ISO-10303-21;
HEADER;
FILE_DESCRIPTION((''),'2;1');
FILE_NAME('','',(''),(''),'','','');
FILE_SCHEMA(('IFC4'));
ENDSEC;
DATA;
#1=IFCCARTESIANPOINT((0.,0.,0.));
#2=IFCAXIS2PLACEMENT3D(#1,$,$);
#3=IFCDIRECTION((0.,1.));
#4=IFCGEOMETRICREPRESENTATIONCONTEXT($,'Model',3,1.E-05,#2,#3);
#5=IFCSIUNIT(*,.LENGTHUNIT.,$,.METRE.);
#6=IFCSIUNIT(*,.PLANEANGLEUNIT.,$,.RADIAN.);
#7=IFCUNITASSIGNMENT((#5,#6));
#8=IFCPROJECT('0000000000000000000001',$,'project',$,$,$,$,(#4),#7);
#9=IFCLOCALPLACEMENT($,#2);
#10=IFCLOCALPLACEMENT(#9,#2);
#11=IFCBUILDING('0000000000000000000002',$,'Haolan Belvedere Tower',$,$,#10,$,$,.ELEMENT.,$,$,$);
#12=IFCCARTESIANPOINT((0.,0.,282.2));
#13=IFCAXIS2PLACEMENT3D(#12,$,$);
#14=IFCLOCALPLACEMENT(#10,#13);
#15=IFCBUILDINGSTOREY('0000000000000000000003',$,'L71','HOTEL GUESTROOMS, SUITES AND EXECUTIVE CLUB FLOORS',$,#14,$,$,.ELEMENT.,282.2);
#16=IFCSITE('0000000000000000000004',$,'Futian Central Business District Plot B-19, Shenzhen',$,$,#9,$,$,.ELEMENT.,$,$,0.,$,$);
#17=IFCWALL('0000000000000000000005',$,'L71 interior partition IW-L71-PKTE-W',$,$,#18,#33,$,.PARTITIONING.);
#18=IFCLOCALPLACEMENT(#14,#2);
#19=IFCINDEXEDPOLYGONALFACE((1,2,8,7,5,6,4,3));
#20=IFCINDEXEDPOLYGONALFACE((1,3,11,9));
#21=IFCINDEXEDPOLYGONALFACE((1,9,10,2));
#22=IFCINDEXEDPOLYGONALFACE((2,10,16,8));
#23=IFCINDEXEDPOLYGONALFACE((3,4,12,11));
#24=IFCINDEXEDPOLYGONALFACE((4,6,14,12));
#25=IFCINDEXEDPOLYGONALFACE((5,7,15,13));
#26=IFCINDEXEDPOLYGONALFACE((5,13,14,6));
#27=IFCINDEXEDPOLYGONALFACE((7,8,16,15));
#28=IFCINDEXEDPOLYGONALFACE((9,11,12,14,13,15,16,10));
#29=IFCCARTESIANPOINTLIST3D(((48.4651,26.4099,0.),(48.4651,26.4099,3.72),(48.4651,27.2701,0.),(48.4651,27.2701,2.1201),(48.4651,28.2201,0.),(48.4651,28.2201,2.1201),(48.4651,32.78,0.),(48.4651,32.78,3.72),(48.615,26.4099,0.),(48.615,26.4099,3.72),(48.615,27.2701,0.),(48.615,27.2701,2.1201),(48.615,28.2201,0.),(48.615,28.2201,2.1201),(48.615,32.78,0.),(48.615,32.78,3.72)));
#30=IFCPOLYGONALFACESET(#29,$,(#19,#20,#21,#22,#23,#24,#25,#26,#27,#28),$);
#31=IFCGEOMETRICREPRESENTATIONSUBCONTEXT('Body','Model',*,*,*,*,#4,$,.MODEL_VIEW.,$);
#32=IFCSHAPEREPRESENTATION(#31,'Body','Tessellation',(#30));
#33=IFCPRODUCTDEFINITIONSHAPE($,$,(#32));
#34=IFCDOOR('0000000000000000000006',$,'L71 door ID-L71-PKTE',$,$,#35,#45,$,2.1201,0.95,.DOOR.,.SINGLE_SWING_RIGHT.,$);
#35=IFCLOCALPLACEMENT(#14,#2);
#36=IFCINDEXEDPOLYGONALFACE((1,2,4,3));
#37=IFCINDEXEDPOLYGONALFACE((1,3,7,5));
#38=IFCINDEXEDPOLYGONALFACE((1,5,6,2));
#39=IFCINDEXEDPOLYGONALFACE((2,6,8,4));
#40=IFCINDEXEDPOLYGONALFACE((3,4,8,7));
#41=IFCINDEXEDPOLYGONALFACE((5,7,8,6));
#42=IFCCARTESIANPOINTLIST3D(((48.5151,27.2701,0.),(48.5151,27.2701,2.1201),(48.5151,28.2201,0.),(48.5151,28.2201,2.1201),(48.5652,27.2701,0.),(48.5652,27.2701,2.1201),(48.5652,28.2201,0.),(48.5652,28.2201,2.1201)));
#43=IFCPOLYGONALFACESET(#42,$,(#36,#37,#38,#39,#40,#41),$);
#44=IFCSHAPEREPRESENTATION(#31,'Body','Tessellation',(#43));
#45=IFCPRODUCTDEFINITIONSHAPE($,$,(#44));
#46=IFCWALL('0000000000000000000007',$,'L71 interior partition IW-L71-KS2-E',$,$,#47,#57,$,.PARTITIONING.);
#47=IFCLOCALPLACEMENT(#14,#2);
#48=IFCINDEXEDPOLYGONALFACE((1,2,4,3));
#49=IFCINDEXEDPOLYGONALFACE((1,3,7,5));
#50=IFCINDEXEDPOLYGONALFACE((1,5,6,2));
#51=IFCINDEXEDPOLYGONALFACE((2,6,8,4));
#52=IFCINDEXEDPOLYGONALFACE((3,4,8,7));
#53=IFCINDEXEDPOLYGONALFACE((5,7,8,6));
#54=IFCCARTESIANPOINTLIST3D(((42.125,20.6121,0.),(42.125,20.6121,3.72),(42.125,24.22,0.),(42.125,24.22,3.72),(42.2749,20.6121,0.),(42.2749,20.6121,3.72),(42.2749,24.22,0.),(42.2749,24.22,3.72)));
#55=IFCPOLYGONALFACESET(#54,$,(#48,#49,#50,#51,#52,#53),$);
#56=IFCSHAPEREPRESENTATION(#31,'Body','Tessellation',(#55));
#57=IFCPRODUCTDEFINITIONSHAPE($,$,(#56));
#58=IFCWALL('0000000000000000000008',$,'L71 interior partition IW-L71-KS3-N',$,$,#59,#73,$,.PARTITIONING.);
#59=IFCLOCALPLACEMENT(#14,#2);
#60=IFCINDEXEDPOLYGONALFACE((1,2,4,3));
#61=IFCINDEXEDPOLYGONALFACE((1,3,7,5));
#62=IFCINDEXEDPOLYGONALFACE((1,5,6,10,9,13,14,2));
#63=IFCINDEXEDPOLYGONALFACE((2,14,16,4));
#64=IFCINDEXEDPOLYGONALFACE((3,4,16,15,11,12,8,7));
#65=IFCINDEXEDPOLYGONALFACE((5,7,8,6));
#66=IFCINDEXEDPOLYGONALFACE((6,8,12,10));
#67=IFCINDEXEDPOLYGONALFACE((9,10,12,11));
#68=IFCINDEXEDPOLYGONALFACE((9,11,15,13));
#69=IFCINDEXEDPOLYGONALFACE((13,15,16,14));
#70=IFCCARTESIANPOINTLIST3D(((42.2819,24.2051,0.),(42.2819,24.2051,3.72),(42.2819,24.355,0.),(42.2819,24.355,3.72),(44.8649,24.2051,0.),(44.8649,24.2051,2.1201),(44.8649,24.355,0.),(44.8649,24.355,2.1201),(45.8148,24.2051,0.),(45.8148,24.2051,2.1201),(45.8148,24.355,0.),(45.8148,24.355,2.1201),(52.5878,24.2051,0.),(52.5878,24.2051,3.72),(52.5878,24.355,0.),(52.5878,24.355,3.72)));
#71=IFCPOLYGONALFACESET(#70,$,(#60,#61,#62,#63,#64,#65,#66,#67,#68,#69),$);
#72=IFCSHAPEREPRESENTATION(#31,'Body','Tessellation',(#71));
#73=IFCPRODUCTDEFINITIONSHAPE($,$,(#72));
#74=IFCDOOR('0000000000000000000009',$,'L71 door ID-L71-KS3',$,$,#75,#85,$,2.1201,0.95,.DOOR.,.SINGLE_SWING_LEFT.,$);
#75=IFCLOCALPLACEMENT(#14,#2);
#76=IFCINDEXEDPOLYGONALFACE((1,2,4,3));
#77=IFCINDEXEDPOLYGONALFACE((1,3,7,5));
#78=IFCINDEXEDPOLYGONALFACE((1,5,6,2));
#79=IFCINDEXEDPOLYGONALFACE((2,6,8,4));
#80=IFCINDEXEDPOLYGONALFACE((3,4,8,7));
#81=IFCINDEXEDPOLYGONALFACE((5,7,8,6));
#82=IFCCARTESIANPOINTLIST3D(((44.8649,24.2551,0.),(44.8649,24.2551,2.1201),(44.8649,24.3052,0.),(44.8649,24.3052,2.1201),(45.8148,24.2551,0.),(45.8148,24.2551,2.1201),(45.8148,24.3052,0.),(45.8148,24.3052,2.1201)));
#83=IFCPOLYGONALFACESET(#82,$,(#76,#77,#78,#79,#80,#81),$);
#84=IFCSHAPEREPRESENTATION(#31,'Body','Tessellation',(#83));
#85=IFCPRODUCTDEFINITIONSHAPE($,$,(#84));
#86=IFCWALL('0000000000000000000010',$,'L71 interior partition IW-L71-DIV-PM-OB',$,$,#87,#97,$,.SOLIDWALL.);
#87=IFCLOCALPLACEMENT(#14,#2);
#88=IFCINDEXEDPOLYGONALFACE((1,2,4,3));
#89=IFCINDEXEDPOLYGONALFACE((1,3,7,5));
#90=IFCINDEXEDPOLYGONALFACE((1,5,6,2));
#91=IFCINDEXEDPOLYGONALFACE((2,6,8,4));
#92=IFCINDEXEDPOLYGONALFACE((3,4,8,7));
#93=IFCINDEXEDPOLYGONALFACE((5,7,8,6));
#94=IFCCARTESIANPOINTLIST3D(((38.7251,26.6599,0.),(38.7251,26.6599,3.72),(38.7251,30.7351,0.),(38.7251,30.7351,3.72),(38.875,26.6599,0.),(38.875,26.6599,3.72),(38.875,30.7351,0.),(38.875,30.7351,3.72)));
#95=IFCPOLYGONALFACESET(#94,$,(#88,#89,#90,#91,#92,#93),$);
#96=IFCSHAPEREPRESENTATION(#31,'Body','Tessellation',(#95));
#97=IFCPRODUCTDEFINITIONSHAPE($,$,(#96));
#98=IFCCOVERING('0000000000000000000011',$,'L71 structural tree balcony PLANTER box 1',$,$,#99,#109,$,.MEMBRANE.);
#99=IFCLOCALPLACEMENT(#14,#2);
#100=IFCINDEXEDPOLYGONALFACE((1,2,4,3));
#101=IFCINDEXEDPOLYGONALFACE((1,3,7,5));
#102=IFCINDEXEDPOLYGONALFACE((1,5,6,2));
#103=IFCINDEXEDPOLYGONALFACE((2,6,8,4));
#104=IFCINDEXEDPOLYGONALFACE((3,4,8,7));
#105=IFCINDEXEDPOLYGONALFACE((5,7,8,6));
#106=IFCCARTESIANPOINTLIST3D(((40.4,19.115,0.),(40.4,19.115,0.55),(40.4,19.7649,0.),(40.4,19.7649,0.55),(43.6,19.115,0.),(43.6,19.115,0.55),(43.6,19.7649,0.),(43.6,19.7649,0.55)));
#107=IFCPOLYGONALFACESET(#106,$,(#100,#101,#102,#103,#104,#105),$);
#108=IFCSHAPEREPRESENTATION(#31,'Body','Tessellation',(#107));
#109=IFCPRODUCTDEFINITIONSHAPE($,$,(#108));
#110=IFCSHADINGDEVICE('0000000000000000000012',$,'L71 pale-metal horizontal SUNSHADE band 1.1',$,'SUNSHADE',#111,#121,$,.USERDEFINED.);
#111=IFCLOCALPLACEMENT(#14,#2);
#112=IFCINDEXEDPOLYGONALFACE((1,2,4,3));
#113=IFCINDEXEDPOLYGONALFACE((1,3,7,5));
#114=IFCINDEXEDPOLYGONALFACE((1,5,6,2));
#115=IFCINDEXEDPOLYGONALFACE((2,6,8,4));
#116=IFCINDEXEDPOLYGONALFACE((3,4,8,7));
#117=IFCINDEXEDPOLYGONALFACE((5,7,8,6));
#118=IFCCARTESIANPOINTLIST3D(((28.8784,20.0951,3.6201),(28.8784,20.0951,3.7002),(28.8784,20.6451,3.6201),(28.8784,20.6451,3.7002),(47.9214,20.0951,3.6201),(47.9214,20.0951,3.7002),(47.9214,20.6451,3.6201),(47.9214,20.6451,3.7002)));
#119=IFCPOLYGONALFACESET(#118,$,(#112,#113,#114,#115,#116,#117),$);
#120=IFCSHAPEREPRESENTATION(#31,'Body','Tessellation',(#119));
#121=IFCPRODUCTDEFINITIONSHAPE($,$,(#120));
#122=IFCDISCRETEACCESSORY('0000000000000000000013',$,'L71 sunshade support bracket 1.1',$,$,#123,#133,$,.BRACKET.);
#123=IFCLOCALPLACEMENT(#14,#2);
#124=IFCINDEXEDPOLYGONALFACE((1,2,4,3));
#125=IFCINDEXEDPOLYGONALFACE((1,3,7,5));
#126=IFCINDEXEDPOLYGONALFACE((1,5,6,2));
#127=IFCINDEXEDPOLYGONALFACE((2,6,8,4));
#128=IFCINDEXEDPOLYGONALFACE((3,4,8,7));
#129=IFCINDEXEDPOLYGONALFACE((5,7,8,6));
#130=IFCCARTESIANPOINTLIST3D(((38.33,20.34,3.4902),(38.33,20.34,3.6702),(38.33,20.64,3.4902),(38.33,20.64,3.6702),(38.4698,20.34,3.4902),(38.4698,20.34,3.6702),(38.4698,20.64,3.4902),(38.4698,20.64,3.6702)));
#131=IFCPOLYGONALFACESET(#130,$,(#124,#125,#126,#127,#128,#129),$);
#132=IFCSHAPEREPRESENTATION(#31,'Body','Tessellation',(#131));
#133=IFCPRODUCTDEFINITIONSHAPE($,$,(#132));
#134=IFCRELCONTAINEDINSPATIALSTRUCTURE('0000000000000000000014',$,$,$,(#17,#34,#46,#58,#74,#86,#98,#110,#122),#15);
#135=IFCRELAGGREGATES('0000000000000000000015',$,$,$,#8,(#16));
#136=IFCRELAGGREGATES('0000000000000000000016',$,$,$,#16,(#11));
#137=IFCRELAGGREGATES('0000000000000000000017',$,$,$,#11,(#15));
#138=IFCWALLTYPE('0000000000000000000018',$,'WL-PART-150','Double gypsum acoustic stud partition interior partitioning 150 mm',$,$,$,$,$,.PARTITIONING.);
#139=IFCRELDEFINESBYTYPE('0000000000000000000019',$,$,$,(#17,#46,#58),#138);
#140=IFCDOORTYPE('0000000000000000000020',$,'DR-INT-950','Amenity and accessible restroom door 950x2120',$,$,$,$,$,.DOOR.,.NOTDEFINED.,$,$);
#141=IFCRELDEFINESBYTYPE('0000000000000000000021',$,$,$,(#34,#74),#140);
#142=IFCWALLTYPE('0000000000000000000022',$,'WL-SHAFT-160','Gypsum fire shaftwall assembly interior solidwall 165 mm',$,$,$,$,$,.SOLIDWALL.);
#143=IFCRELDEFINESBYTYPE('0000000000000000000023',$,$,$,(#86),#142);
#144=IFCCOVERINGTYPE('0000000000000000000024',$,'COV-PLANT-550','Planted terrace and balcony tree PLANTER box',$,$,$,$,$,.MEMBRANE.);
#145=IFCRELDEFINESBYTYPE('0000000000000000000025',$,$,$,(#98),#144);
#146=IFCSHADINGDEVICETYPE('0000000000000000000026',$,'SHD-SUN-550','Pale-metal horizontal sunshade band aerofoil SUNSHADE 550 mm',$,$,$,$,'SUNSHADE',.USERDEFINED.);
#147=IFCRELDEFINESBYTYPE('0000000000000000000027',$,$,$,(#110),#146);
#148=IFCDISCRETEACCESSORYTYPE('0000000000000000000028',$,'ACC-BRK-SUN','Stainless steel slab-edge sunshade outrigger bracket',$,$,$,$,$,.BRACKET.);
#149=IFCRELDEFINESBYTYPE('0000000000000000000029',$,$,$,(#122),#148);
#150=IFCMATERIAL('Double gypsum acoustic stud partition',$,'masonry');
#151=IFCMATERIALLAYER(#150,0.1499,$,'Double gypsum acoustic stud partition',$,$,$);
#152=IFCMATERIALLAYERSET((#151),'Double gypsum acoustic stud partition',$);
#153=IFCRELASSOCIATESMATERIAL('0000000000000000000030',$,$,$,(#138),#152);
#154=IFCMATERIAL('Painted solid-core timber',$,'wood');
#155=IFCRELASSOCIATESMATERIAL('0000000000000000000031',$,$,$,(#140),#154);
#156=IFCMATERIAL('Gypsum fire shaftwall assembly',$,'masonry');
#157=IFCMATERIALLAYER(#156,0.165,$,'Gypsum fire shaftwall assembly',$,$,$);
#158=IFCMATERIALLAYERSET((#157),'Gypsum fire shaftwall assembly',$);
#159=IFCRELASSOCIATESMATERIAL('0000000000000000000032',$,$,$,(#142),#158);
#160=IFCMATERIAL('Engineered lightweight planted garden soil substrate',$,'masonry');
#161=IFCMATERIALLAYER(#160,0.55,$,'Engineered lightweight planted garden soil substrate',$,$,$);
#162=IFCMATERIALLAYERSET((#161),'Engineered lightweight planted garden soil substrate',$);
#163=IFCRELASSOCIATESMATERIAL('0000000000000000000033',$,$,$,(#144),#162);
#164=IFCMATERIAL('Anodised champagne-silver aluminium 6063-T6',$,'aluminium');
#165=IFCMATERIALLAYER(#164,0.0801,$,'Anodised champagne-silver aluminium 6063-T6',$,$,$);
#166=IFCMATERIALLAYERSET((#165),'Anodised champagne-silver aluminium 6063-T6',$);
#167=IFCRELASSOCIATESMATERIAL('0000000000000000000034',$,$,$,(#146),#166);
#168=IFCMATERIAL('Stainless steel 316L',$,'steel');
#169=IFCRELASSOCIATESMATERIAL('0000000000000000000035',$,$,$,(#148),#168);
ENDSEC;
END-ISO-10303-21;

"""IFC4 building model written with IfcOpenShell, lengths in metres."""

from ifc_helpers import new_model, si_unit, direction, frame, frame_2d, origin, origin_2d, place, context, subcontext, project, spatial, rectangle, extrude, material, layer, layer_set, type_object, element, fill, save


model = new_model("IFC4")

# Units and contexts
model_context = context("Model", 3, precision=1e-05, world=origin(), true_north=direction((0.0, 1.0)))
body_context = subcontext(model_context, "Body", "Model", "MODEL_VIEW")
ifc_project = project(units=[si_unit("LENGTHUNIT", "METRE"), si_unit("PLANEANGLEUNIT", "RADIAN")], contexts=[model_context])

# Site, building, storey
site_placement = place(None, origin())
site = spatial("IfcSite", under=ifc_project, at=site_placement, Name="Futian Central Business District Plot B-19, Shenzhen", CompositionType="ELEMENT", RefElevation=0.0)
building_placement = place(site_placement, origin())
building = spatial("IfcBuilding", under=site, at=building_placement, Name="Haolan Belvedere Tower", CompositionType="ELEMENT")
storey_placement = place(building_placement, frame((0.0, 0.0, 282.2)))
storey = spatial("IfcBuildingStorey", under=building, at=storey_placement, Name="L71", Description="HOTEL GUESTROOMS, SUITES AND EXECUTIVE CLUB FLOORS", CompositionType="ELEMENT", Elevation=282.2)

# Shared definitions
ifc_material_1 = material(Name="Double gypsum acoustic stud partition", Category="masonry")
ifc_layer_1 = layer(ifc_material_1, 0.1499, Name="Double gypsum acoustic stud partition")
ifc_layer_set_1 = layer_set([ifc_layer_1], Name="Double gypsum acoustic stud partition")
wall_type_1 = type_object("IfcWallType", Name="WL-PART-150", Description="Double gypsum acoustic stud partition interior partitioning 150 mm", PredefinedType="PARTITIONING", material=ifc_layer_set_1)

# Wall, opening, door
wall_1_placement = place(storey_placement, frame((48.54, 26.4099, 0.0), z_axis=(0.0, 0.0, 1.0), x_axis=(0.0, 1.0, 0.0)))
wall_1 = element("IfcWall", 1, at=wall_1_placement, inside=storey, type_object=wall_type_1, Name="L71 interior partition IW-L71-PKTE-W", PredefinedType="PARTITIONING", context=body_context, shape_type="SweptSolid", body=[
    extrude(rectangle(XDim=6.3701, YDim=0.1499, at=frame_2d((3.1851, 0.0))), origin(), (0.0, 0.0, 1.0), 3.72),
])
opening_1_placement = place(wall_1_placement, frame((0.8601, 0.0, 0.0)))
opening_1 = element("IfcOpeningElement", 2, at=opening_1_placement, cuts=wall_1, PredefinedType="OPENING", context=body_context, shape_type="SweptSolid", body=[
    extrude(rectangle(XDim=0.95, YDim=2.1201, at=frame_2d((0.4751, 1.0601))), frame((0.0, 0.085, 0.0), z_axis=(0.0, -1.0, 0.0), x_axis=(1.0, 0.0, 0.0)), (0.0, 0.0, 1.0), 0.1699),
])
ifc_material_2 = material(Name="Painted solid-core timber", Category="wood")
door_type_1 = type_object("IfcDoorType", Name="DR-INT-950", Description="Amenity and accessible restroom door 950x2120", OperationType="NOTDEFINED", PredefinedType="DOOR", material=ifc_material_2)
door_1_placement = place(opening_1_placement, origin())
door_1 = element("IfcDoor", 3, at=door_1_placement, inside=storey, type_object=door_type_1, Name="L71 door ID-L71-PKTE", OperationType="SINGLE_SWING_RIGHT", OverallHeight=2.1201, OverallWidth=0.95, PredefinedType="DOOR", context=body_context, shape_type="SweptSolid", body=[
    extrude(rectangle(XDim=0.95, YDim=2.1201, at=frame_2d((0.4751, 1.0601))), frame((0.0, 0.0249, 0.0), z_axis=(0.0, -1.0, 0.0), x_axis=(1.0, 0.0, 0.0)), (0.0, 0.0, 1.0), 0.05),
])
fill(opening_1, door_1)

# Wall
wall_2_placement = place(storey_placement, frame((42.2, 20.6121, 0.0), z_axis=(0.0, 0.0, 1.0), x_axis=(0.0, 1.0, 0.0)))
element("IfcWall", 4, at=wall_2_placement, inside=storey, type_object=wall_type_1, Name="L71 interior partition IW-L71-KS2-E", PredefinedType="PARTITIONING", context=body_context, shape_type="SweptSolid", body=[
    extrude(rectangle(XDim=3.6079, YDim=0.1499, at=frame_2d((1.804, 0.0))), origin(), (0.0, 0.0, 1.0), 3.72),
])

# Wall, opening, door
wall_3_placement = place(storey_placement, frame((42.282, 24.28, 0.0), z_axis=(0.0, 0.0, 1.0), x_axis=(1.0, 0.0, 0.0)))
wall_3 = element("IfcWall", 5, at=wall_3_placement, inside=storey, type_object=wall_type_1, Name="L71 interior partition IW-L71-KS3-N", PredefinedType="PARTITIONING", context=body_context, shape_type="SweptSolid", body=[
    extrude(rectangle(XDim=10.3059, YDim=0.1499, at=frame_2d((5.1528, 0.0))), origin(), (0.0, 0.0, 1.0), 3.72),
])
opening_2_placement = place(wall_3_placement, frame((3.533, 0.0, 0.0), z_axis=(0.0, 0.0, 1.0), x_axis=(-1.0, 0.0, 0.0)))
opening_2 = element("IfcOpeningElement", 6, at=opening_2_placement, cuts=wall_3, PredefinedType="OPENING", context=body_context, shape_type="SweptSolid", body=[
    extrude(rectangle(XDim=0.95, YDim=2.1201, at=frame_2d((0.4751, 1.0601))), frame((0.0, 0.085, 0.0), z_axis=(0.0, -1.0, 0.0), x_axis=(1.0, 0.0, 0.0)), (0.0, 0.0, 1.0), 0.1699),
])
door_2_placement = place(opening_2_placement, origin())
door_2 = element("IfcDoor", 7, at=door_2_placement, inside=storey, type_object=door_type_1, Name="L71 door ID-L71-KS3", OperationType="SINGLE_SWING_LEFT", OverallHeight=2.1201, OverallWidth=0.95, PredefinedType="DOOR", context=body_context, shape_type="SweptSolid", body=[
    extrude(rectangle(XDim=0.95, YDim=2.1201, at=frame_2d((0.4751, 1.0601))), frame((0.0, 0.0249, 0.0), z_axis=(0.0, -1.0, 0.0), x_axis=(1.0, 0.0, 0.0)), (0.0, 0.0, 1.0), 0.05),
])
fill(opening_2, door_2)

# Wall
ifc_material_3 = material(Name="Gypsum fire shaftwall assembly", Category="masonry")
ifc_layer_2 = layer(ifc_material_3, 0.165, Name="Gypsum fire shaftwall assembly")
ifc_layer_set_2 = layer_set([ifc_layer_2], Name="Gypsum fire shaftwall assembly")
wall_type_2 = type_object("IfcWallType", Name="WL-SHAFT-160", Description="Gypsum fire shaftwall assembly interior solidwall 165 mm", PredefinedType="SOLIDWALL", material=ifc_layer_set_2)
wall_4_placement = place(storey_placement, frame((38.8, 26.6599, 0.0), z_axis=(0.0, 0.0, 1.0), x_axis=(0.0, 1.0, 0.0)))
element("IfcWall", 8, at=wall_4_placement, inside=storey, type_object=wall_type_2, Name="L71 interior partition IW-L71-DIV-PM-OB", PredefinedType="SOLIDWALL", context=body_context, shape_type="SweptSolid", body=[
    extrude(rectangle(XDim=4.0752, YDim=0.1499, at=frame_2d((2.0376, 0.0))), origin(), (0.0, 0.0, 1.0), 3.72),
])

# Covering
ifc_material_4 = material(Name="Engineered lightweight planted garden soil substrate", Category="masonry")
ifc_layer_3 = layer(ifc_material_4, 0.55, Name="Engineered lightweight planted garden soil substrate")
ifc_layer_set_3 = layer_set([ifc_layer_3], Name="Engineered lightweight planted garden soil substrate")
covering_type = type_object("IfcCoveringType", Name="COV-PLANT-550", Description="Planted terrace and balcony tree PLANTER box", PredefinedType="MEMBRANE", material=ifc_layer_set_3)
covering_placement = place(storey_placement, frame((42.0, 19.4399, 0.0), z_axis=(0.0, 0.0, 1.0), x_axis=(1.0, 0.0, 0.0)))
element("IfcCovering", 9, at=covering_placement, inside=storey, type_object=covering_type, Name="L71 structural tree balcony PLANTER box 1", PredefinedType="MEMBRANE", context=body_context, shape_type="SweptSolid", body=[
    extrude(rectangle(XDim=3.2, YDim=0.6499, at=origin_2d()), origin(), (0.0, 0.0, 1.0), 0.55),
])

# Shading device
ifc_material_5 = material(Name="Anodised champagne-silver aluminium 6063-T6", Category="aluminium")
ifc_layer_4 = layer(ifc_material_5, 0.0801, Name="Anodised champagne-silver aluminium 6063-T6")
ifc_layer_set_4 = layer_set([ifc_layer_4], Name="Anodised champagne-silver aluminium 6063-T6")
shading_device_type = type_object("IfcShadingDeviceType", Name="SHD-SUN-550", Description="Pale-metal horizontal sunshade band aerofoil SUNSHADE 550 mm", ElementType="SUNSHADE", PredefinedType="USERDEFINED", material=ifc_layer_set_4)
shading_device_placement = place(storey_placement, frame((38.3999, 20.3701, 3.6201), z_axis=(0.0, 0.0, 1.0), x_axis=(1.0, 0.0, 0.0)))
element("IfcShadingDevice", 10, at=shading_device_placement, inside=storey, type_object=shading_device_type, Name="L71 pale-metal horizontal SUNSHADE band 1.1", ObjectType="SUNSHADE", PredefinedType="USERDEFINED", context=body_context, shape_type="SweptSolid", body=[
    extrude(rectangle(XDim=19.043, YDim=0.55, at=origin_2d()), origin(), (0.0, 0.0, 1.0), 0.0801),
])

# Discrete accessory
ifc_material_6 = material(Name="Stainless steel 316L", Category="steel")
discrete_accessory_type = type_object("IfcDiscreteAccessoryType", Name="ACC-BRK-SUN", Description="Stainless steel slab-edge sunshade outrigger bracket", PredefinedType="BRACKET", material=ifc_material_6)
discrete_accessory_placement = place(storey_placement, frame((38.3999, 20.49, 3.4902), z_axis=(0.0, 0.0, 1.0), x_axis=(1.0, 0.0, 0.0)))
element("IfcDiscreteAccessory", 11, at=discrete_accessory_placement, inside=storey, type_object=discrete_accessory_type, Name="L71 sunshade support bracket 1.1", PredefinedType="BRACKET", context=body_context, shape_type="SweptSolid", body=[
    extrude(rectangle(XDim=0.1399, YDim=0.3, at=origin_2d()), origin(), (0.0, 0.0, 1.0), 0.1799),
])

save(model, "model.ifc")
